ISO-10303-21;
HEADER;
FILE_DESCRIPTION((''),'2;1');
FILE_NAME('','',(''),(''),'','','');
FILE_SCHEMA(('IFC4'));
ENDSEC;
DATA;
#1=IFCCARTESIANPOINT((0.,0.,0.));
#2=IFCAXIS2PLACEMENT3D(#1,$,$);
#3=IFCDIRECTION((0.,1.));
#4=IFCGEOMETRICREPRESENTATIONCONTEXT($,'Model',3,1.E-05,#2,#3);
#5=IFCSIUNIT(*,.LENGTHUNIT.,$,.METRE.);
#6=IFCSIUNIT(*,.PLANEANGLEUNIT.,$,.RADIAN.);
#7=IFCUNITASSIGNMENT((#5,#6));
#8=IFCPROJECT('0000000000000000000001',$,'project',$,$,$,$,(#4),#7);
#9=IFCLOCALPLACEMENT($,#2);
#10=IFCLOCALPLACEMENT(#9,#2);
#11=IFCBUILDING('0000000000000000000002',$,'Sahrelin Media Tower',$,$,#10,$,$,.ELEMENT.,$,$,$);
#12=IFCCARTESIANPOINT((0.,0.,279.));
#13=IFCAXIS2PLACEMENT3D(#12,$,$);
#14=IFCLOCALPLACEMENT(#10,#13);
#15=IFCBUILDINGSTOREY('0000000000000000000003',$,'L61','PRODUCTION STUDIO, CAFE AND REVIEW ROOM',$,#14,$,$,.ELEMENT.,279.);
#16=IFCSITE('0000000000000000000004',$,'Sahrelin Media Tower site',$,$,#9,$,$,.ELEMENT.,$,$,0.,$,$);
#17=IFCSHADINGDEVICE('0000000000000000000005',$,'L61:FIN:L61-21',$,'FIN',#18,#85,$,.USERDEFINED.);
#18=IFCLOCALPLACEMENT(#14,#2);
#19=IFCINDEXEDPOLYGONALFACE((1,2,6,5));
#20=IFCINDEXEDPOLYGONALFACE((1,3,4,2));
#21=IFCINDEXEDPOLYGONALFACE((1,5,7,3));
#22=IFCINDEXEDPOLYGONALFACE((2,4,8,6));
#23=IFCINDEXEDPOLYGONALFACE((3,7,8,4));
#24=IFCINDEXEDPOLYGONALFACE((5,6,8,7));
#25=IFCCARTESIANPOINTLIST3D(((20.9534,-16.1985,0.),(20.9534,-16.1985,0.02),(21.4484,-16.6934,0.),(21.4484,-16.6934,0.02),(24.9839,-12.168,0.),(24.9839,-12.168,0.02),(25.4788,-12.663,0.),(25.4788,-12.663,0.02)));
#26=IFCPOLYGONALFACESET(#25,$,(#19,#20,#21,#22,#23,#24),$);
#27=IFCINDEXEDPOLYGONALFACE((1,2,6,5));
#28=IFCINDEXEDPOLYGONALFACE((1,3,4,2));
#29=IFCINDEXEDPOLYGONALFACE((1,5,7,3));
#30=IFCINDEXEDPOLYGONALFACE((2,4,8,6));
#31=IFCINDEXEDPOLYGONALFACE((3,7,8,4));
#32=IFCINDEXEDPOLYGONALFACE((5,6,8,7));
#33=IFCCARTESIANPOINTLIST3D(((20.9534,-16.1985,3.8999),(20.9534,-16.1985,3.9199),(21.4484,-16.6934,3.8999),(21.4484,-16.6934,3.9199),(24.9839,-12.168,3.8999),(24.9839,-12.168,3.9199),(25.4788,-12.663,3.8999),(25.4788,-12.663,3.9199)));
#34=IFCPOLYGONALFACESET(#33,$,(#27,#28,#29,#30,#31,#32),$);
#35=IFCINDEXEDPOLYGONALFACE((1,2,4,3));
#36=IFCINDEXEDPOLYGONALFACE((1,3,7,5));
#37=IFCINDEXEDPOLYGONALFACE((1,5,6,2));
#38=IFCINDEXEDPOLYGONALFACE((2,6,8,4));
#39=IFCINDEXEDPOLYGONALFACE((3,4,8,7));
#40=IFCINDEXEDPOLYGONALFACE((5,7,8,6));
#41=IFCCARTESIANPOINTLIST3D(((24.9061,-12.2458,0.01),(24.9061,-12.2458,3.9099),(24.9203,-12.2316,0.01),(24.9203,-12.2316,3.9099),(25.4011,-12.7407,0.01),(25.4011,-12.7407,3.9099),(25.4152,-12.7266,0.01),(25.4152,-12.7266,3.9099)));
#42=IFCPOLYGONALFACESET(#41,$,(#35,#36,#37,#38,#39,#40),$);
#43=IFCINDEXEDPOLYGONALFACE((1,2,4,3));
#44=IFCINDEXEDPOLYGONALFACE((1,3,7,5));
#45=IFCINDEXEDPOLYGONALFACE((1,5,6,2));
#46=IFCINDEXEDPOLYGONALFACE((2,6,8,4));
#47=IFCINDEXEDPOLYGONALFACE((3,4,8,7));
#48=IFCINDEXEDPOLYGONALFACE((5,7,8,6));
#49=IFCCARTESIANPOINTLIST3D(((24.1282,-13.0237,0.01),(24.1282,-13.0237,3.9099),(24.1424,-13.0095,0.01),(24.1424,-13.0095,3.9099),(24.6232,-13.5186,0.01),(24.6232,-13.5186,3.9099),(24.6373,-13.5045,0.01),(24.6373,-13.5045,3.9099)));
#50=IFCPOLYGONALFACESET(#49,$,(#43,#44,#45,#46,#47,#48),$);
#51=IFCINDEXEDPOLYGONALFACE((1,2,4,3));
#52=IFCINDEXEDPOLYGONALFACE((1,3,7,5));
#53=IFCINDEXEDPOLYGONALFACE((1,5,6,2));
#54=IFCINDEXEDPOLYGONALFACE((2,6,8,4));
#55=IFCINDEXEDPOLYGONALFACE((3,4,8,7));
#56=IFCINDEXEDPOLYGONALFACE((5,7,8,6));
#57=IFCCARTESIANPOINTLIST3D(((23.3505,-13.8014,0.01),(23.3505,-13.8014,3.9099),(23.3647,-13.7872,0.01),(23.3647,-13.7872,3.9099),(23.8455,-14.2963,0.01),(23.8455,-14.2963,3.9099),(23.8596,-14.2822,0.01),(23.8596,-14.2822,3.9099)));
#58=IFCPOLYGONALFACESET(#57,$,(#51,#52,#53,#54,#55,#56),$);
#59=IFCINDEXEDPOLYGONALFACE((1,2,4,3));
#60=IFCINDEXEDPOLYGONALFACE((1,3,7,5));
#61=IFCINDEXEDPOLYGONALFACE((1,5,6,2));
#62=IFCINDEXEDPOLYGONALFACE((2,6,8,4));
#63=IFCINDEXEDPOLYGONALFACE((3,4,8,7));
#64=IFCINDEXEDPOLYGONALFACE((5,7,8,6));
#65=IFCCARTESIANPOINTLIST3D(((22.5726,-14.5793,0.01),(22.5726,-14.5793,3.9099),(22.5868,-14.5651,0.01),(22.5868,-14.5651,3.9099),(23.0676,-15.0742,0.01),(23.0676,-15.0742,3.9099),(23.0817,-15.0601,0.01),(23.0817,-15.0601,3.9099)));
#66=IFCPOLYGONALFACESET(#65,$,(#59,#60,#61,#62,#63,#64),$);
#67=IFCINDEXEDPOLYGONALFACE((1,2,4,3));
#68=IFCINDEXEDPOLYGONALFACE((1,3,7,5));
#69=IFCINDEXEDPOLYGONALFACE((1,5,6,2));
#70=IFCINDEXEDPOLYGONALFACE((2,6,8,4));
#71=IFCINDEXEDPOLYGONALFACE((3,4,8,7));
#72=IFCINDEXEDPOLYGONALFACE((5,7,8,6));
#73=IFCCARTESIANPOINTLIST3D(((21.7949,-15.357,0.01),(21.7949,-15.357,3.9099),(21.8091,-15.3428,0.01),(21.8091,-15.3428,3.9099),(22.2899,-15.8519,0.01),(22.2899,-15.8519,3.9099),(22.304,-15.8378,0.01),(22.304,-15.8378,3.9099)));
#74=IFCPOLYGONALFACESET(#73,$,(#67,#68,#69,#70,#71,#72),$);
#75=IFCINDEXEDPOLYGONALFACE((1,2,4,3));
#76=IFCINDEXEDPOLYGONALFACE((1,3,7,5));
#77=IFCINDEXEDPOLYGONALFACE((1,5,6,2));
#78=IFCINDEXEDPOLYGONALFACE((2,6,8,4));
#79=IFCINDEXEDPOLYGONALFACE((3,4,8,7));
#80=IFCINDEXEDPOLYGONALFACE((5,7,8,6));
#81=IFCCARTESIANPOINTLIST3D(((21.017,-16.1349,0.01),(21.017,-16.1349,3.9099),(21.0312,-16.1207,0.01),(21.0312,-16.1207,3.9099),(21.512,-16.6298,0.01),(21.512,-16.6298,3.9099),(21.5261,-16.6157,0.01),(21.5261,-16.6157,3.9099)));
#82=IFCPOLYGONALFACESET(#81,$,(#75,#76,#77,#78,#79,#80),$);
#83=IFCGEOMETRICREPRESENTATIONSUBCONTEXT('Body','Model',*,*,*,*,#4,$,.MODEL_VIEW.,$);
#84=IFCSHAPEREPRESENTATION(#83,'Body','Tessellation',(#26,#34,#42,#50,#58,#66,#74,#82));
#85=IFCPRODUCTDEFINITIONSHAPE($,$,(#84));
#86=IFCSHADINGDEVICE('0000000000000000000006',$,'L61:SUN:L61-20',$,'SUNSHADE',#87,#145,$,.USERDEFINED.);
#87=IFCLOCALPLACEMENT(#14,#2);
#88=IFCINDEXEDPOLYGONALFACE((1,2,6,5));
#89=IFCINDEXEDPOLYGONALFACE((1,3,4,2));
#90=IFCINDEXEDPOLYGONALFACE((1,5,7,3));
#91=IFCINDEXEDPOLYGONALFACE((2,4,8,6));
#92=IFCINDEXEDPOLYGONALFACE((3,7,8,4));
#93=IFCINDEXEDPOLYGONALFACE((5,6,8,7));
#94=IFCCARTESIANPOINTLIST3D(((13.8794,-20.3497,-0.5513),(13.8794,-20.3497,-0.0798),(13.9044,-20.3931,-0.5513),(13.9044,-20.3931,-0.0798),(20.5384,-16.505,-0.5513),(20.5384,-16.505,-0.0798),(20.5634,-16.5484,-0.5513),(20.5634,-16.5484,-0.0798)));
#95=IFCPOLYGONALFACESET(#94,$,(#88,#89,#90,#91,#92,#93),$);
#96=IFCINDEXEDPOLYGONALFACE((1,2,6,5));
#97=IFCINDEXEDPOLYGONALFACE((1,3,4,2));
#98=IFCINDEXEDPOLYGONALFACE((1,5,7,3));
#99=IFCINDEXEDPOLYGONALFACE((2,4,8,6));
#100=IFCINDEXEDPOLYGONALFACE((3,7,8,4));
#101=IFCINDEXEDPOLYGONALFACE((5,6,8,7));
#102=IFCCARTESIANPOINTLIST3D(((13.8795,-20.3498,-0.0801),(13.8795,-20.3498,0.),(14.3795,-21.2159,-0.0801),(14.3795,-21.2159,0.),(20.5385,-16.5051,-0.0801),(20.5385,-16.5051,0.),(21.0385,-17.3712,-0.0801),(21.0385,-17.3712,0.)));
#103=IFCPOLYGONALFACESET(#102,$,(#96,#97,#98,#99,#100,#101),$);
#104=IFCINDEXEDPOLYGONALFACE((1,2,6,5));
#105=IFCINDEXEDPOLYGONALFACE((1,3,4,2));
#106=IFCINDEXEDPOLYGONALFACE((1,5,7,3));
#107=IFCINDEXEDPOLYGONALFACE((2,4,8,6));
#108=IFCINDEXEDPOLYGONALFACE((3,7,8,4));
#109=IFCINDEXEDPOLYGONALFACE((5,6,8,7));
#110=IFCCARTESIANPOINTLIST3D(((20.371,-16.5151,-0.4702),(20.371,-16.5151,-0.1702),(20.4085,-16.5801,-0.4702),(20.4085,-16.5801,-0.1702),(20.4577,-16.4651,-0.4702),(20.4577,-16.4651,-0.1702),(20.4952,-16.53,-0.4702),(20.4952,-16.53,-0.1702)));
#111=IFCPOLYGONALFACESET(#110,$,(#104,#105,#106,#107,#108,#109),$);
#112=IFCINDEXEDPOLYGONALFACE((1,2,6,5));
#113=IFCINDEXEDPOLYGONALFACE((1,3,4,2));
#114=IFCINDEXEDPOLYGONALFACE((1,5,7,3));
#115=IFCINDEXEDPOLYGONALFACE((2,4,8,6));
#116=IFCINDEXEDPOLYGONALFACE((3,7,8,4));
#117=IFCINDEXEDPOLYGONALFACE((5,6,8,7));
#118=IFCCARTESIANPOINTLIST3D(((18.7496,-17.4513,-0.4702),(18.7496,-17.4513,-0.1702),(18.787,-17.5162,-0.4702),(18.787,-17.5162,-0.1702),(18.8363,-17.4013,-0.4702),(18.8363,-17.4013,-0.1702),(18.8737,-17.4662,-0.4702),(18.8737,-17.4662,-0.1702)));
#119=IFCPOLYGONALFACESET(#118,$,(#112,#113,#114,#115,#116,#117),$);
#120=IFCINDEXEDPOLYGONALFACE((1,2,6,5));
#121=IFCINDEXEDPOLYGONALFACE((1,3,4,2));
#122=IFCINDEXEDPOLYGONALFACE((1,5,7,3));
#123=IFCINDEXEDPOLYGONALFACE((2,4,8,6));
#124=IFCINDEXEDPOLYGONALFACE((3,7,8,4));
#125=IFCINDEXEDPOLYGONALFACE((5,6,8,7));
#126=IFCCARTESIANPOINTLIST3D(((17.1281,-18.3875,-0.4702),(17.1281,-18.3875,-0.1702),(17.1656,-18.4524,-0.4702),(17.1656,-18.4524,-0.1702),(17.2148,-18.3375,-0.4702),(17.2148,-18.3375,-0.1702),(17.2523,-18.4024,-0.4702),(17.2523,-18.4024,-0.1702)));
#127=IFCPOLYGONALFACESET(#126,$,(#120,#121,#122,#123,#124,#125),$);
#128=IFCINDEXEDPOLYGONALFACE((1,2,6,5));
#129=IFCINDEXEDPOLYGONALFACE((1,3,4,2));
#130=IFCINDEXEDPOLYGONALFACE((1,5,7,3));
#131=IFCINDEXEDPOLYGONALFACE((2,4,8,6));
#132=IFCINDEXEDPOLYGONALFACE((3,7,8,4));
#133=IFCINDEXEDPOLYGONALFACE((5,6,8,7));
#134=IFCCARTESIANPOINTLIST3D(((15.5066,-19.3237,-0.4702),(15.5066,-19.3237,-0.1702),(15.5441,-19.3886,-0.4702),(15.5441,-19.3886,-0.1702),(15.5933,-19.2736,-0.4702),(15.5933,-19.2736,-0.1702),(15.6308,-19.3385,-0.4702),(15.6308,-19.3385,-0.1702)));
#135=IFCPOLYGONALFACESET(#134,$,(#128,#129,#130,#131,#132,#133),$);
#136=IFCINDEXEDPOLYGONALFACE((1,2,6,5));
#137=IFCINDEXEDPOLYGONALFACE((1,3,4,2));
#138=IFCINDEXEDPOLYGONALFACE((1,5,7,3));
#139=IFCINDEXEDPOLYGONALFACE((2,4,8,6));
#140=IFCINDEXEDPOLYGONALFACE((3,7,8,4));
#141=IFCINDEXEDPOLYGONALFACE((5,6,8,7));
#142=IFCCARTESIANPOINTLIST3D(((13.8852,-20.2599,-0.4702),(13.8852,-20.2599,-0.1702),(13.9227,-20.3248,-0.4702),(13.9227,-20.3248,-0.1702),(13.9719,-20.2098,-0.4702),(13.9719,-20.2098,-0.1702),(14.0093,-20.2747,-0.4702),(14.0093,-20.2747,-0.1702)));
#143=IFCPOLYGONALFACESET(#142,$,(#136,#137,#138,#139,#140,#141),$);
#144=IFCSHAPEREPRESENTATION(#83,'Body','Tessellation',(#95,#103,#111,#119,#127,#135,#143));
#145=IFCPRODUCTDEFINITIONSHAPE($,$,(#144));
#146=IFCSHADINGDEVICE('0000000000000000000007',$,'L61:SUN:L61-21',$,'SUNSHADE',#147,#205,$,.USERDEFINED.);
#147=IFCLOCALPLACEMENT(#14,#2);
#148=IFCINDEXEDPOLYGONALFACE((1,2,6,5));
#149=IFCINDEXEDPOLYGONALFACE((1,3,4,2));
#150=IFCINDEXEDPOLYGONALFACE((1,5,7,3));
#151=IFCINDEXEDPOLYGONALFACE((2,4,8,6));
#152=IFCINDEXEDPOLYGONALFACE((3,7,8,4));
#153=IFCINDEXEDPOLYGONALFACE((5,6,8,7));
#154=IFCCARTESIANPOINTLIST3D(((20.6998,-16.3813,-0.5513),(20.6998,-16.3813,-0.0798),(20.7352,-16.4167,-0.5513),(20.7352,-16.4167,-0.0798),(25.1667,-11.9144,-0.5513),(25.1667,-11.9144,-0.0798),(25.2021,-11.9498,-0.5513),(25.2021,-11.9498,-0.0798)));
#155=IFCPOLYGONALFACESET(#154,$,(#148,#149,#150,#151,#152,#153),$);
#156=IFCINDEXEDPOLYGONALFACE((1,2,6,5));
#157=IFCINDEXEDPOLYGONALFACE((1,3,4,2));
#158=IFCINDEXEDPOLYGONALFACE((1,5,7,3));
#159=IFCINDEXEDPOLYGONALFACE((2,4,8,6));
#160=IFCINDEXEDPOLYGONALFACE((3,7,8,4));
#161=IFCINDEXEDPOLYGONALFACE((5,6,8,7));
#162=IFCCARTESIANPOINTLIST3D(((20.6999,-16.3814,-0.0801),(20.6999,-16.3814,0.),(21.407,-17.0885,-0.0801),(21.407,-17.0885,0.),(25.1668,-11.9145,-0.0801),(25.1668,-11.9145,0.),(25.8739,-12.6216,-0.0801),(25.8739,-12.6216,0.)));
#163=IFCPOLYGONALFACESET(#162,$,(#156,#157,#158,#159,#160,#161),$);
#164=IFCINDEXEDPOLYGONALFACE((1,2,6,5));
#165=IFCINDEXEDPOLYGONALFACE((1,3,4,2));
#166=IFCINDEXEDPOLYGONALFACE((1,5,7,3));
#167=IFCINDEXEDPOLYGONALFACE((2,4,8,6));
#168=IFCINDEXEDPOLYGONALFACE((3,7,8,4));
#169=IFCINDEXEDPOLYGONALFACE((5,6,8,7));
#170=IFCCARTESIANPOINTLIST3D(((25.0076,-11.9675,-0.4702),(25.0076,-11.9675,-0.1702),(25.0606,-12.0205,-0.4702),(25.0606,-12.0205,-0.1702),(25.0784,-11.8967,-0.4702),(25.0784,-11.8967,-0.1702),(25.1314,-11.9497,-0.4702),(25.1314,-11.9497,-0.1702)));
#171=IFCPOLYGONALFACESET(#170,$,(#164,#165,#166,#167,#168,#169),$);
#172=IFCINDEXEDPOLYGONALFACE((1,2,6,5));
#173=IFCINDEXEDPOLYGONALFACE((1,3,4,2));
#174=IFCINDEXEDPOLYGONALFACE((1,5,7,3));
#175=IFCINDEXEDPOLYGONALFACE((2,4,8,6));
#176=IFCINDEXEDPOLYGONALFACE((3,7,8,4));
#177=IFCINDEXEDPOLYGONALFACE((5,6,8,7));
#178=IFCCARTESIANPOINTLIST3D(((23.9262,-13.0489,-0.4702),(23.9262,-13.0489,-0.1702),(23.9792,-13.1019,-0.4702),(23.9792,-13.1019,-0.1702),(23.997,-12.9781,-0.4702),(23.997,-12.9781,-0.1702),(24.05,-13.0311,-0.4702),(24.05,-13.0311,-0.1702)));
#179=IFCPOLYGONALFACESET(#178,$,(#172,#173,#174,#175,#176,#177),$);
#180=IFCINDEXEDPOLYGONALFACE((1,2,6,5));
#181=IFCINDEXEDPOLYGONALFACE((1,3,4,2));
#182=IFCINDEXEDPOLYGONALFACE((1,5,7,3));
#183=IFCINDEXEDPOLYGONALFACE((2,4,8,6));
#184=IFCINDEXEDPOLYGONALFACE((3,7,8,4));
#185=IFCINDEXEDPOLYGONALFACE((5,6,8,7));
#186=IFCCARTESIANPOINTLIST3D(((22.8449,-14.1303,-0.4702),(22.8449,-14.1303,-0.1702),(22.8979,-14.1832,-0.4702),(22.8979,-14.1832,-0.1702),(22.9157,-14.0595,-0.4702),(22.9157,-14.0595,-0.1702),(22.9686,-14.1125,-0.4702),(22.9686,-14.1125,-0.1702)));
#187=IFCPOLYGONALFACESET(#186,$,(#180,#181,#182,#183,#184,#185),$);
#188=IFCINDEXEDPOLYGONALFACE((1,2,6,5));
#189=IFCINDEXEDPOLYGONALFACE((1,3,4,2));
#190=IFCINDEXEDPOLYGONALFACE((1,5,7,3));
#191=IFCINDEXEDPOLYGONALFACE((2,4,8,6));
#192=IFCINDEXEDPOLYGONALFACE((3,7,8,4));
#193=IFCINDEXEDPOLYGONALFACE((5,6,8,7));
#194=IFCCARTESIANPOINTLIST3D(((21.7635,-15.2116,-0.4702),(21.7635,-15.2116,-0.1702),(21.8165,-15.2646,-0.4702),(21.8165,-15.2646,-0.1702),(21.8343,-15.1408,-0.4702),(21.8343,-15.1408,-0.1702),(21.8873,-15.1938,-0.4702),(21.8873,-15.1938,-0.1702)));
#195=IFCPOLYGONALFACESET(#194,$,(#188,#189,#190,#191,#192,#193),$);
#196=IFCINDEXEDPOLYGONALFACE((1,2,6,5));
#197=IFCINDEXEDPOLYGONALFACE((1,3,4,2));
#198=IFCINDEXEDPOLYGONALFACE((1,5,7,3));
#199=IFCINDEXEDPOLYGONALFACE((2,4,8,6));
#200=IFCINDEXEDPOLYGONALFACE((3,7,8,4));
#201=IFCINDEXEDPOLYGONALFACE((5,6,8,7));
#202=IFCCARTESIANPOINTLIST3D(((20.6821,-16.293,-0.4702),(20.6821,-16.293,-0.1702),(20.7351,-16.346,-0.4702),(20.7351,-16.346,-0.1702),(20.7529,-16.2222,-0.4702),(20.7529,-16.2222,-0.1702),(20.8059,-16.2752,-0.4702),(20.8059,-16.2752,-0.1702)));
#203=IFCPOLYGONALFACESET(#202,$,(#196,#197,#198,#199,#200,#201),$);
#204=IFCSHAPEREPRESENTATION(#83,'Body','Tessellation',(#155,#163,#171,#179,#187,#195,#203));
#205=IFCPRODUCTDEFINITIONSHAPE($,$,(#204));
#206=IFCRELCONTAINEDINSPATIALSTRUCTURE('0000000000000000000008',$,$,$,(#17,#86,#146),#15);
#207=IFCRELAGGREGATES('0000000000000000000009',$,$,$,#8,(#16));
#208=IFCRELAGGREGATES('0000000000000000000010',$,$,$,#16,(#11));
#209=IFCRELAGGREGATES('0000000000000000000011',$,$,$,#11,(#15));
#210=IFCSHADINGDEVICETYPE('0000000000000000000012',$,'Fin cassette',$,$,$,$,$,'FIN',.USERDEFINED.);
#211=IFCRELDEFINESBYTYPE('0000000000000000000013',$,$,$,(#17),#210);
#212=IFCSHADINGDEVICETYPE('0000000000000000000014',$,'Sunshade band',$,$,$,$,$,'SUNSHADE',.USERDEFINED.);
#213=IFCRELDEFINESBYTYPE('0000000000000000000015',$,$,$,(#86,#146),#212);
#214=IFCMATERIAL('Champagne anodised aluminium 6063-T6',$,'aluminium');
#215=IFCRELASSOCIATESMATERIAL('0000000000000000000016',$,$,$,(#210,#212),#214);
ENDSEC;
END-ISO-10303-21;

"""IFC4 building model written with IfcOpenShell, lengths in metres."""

from ifc_helpers import new_model, si_unit, direction, frame, origin, origin_2d, place, context, subcontext, project, spatial, rectangle, extrude, material, type_object, element, save


model = new_model("IFC4")

# Units and contexts
model_context = context("Model", 3, precision=1e-05, world=origin(), true_north=direction((0.0, 1.0)))
body_context = subcontext(model_context, "Body", "Model", "MODEL_VIEW")
ifc_project = project(units=[si_unit("LENGTHUNIT", "METRE"), si_unit("PLANEANGLEUNIT", "RADIAN")], contexts=[model_context])

# Site, building, storey
site_placement = place(None, origin())
site = spatial("IfcSite", under=ifc_project, at=site_placement, Name="Sahrelin Media Tower site", CompositionType="ELEMENT", RefElevation=0.0)
building_placement = place(site_placement, origin())
building = spatial("IfcBuilding", under=site, at=building_placement, Name="Sahrelin Media Tower", CompositionType="ELEMENT")
storey_placement = place(building_placement, frame((0.0, 0.0, 279.0)))
storey = spatial("IfcBuildingStorey", under=building, at=storey_placement, Name="L61", Description="PRODUCTION STUDIO, CAFE AND REVIEW ROOM", CompositionType="ELEMENT", Elevation=279.0)

# Shared definitions
ifc_material_1 = material(Name="Champagne anodised aluminium 6063-T6", Category="aluminium")

# Shading devices
shading_device_type_1 = type_object("IfcShadingDeviceType", Name="Fin cassette", ElementType="FIN", PredefinedType="USERDEFINED", material=ifc_material_1)
placement_1 = place(storey_placement, frame((17.199, -18.4102, 0.0), z_axis=(0.0, 0.0, 1.0), x_axis=(-0.866019, -0.500011, 0.0)))
placement_2 = place(storey_placement, frame((22.9192, -14.1338, 0.0), z_axis=(0.0, 0.0, 1.0), x_axis=(-0.707107, -0.707107, 0.0)))
element("IfcShadingDevice", 1, at=placement_2, inside=storey, type_object=shading_device_type_1, Name="L61:FIN:L61-21", ObjectType="FIN", PredefinedType="USERDEFINED", context=body_context, shape_type="SweptSolid", body=[
    extrude(rectangle(XDim=5.7, YDim=0.7, at=origin_2d()), frame((0.0, 0.4199, 0.0)), (0.0, 0.0, 1.0), 0.02),
    extrude(rectangle(XDim=5.7, YDim=0.7, at=origin_2d()), frame((0.0, 0.4199, 3.8999)), (0.0, 0.0, 1.0), 0.02),
    extrude(rectangle(XDim=0.02, YDim=0.7, at=origin_2d()), frame((-2.75, 0.4199, 0.01), z_axis=(0.0, 0.0, 1.0), x_axis=(1.0, 0.0, 0.0)), (0.0, 0.0, 1.0), 3.8999),
    extrude(rectangle(XDim=0.02, YDim=0.7, at=origin_2d()), frame((-1.6499, 0.4199, 0.01), z_axis=(0.0, 0.0, 1.0), x_axis=(1.0, 0.0, 0.0)), (0.0, 0.0, 1.0), 3.8999),
    extrude(rectangle(XDim=0.02, YDim=0.7, at=origin_2d()), frame((-0.55, 0.4199, 0.01), z_axis=(0.0, 0.0, 1.0), x_axis=(1.0, 0.0, 0.0)), (0.0, 0.0, 1.0), 3.8999),
    extrude(rectangle(XDim=0.02, YDim=0.7, at=origin_2d()), frame((0.55, 0.4199, 0.01), z_axis=(0.0, 0.0, 1.0), x_axis=(1.0, 0.0, 0.0)), (0.0, 0.0, 1.0), 3.8999),
    extrude(rectangle(XDim=0.02, YDim=0.7, at=origin_2d()), frame((1.6499, 0.4199, 0.01), z_axis=(0.0, 0.0, 1.0), x_axis=(1.0, 0.0, 0.0)), (0.0, 0.0, 1.0), 3.8999),
    extrude(rectangle(XDim=0.02, YDim=0.7, at=origin_2d()), frame((2.75, 0.4199, 0.01), z_axis=(0.0, 0.0, 1.0), x_axis=(1.0, 0.0, 0.0)), (0.0, 0.0, 1.0), 3.8999),
])
shading_device_type_2 = type_object("IfcShadingDeviceType", Name="Sunshade band", ElementType="SUNSHADE", PredefinedType="USERDEFINED", material=ifc_material_1)
element("IfcShadingDevice", 2, at=placement_1, inside=storey, type_object=shading_device_type_2, Name="L61:SUN:L61-20", ObjectType="SUNSHADE", PredefinedType="USERDEFINED", context=body_context, shape_type="SweptSolid", body=[
    extrude(rectangle(XDim=7.6892, YDim=0.05, at=origin_2d()), frame((0.0, 0.0449, -0.5513)), (0.0, 0.0, 1.0), 0.4714),
    extrude(rectangle(XDim=7.6892, YDim=1.0, at=origin_2d()), frame((0.0, 0.52, -0.0801)), (0.0, 0.0, 1.0), 0.0801),
    extrude(rectangle(XDim=0.1001, YDim=0.075, at=origin_2d()), frame((-3.7446, -0.0176, -0.4702)), (0.0, 0.0, 1.0), 0.3),
    extrude(rectangle(XDim=0.1001, YDim=0.075, at=origin_2d()), frame((-1.8723, -0.0176, -0.4702)), (0.0, 0.0, 1.0), 0.3),
    extrude(rectangle(XDim=0.1001, YDim=0.075, at=origin_2d()), frame((0.0, -0.0176, -0.4702)), (0.0, 0.0, 1.0), 0.3),
    extrude(rectangle(XDim=0.1001, YDim=0.075, at=origin_2d()), frame((1.8723, -0.0176, -0.4702)), (0.0, 0.0, 1.0), 0.3),
    extrude(rectangle(XDim=0.1001, YDim=0.075, at=origin_2d()), frame((3.7446, -0.0176, -0.4702)), (0.0, 0.0, 1.0), 0.3),
])
element("IfcShadingDevice", 3, at=placement_2, inside=storey, type_object=shading_device_type_2, Name="L61:SUN:L61-21", ObjectType="SUNSHADE", PredefinedType="USERDEFINED", context=body_context, shape_type="SweptSolid", body=[
    extrude(rectangle(XDim=6.3171, YDim=0.05, at=origin_2d()), frame((0.0, 0.0449, -0.5513)), (0.0, 0.0, 1.0), 0.4714),
    extrude(rectangle(XDim=6.3171, YDim=1.0, at=origin_2d()), frame((0.0, 0.52, -0.0801)), (0.0, 0.0, 1.0), 0.0801),
    extrude(rectangle(XDim=0.1001, YDim=0.075, at=origin_2d()), frame((-3.0586, -0.0176, -0.4702)), (0.0, 0.0, 1.0), 0.3),
    extrude(rectangle(XDim=0.1001, YDim=0.075, at=origin_2d()), frame((-1.5293, -0.0176, -0.4702)), (0.0, 0.0, 1.0), 0.3),
    extrude(rectangle(XDim=0.1001, YDim=0.075, at=origin_2d()), frame((0.0, -0.0176, -0.4702)), (0.0, 0.0, 1.0), 0.3),
    extrude(rectangle(XDim=0.1001, YDim=0.075, at=origin_2d()), frame((1.5293, -0.0176, -0.4702)), (0.0, 0.0, 1.0), 0.3),
    extrude(rectangle(XDim=0.1001, YDim=0.075, at=origin_2d()), frame((3.0586, -0.0176, -0.4702)), (0.0, 0.0, 1.0), 0.3),
])

save(model, "model.ifc")
